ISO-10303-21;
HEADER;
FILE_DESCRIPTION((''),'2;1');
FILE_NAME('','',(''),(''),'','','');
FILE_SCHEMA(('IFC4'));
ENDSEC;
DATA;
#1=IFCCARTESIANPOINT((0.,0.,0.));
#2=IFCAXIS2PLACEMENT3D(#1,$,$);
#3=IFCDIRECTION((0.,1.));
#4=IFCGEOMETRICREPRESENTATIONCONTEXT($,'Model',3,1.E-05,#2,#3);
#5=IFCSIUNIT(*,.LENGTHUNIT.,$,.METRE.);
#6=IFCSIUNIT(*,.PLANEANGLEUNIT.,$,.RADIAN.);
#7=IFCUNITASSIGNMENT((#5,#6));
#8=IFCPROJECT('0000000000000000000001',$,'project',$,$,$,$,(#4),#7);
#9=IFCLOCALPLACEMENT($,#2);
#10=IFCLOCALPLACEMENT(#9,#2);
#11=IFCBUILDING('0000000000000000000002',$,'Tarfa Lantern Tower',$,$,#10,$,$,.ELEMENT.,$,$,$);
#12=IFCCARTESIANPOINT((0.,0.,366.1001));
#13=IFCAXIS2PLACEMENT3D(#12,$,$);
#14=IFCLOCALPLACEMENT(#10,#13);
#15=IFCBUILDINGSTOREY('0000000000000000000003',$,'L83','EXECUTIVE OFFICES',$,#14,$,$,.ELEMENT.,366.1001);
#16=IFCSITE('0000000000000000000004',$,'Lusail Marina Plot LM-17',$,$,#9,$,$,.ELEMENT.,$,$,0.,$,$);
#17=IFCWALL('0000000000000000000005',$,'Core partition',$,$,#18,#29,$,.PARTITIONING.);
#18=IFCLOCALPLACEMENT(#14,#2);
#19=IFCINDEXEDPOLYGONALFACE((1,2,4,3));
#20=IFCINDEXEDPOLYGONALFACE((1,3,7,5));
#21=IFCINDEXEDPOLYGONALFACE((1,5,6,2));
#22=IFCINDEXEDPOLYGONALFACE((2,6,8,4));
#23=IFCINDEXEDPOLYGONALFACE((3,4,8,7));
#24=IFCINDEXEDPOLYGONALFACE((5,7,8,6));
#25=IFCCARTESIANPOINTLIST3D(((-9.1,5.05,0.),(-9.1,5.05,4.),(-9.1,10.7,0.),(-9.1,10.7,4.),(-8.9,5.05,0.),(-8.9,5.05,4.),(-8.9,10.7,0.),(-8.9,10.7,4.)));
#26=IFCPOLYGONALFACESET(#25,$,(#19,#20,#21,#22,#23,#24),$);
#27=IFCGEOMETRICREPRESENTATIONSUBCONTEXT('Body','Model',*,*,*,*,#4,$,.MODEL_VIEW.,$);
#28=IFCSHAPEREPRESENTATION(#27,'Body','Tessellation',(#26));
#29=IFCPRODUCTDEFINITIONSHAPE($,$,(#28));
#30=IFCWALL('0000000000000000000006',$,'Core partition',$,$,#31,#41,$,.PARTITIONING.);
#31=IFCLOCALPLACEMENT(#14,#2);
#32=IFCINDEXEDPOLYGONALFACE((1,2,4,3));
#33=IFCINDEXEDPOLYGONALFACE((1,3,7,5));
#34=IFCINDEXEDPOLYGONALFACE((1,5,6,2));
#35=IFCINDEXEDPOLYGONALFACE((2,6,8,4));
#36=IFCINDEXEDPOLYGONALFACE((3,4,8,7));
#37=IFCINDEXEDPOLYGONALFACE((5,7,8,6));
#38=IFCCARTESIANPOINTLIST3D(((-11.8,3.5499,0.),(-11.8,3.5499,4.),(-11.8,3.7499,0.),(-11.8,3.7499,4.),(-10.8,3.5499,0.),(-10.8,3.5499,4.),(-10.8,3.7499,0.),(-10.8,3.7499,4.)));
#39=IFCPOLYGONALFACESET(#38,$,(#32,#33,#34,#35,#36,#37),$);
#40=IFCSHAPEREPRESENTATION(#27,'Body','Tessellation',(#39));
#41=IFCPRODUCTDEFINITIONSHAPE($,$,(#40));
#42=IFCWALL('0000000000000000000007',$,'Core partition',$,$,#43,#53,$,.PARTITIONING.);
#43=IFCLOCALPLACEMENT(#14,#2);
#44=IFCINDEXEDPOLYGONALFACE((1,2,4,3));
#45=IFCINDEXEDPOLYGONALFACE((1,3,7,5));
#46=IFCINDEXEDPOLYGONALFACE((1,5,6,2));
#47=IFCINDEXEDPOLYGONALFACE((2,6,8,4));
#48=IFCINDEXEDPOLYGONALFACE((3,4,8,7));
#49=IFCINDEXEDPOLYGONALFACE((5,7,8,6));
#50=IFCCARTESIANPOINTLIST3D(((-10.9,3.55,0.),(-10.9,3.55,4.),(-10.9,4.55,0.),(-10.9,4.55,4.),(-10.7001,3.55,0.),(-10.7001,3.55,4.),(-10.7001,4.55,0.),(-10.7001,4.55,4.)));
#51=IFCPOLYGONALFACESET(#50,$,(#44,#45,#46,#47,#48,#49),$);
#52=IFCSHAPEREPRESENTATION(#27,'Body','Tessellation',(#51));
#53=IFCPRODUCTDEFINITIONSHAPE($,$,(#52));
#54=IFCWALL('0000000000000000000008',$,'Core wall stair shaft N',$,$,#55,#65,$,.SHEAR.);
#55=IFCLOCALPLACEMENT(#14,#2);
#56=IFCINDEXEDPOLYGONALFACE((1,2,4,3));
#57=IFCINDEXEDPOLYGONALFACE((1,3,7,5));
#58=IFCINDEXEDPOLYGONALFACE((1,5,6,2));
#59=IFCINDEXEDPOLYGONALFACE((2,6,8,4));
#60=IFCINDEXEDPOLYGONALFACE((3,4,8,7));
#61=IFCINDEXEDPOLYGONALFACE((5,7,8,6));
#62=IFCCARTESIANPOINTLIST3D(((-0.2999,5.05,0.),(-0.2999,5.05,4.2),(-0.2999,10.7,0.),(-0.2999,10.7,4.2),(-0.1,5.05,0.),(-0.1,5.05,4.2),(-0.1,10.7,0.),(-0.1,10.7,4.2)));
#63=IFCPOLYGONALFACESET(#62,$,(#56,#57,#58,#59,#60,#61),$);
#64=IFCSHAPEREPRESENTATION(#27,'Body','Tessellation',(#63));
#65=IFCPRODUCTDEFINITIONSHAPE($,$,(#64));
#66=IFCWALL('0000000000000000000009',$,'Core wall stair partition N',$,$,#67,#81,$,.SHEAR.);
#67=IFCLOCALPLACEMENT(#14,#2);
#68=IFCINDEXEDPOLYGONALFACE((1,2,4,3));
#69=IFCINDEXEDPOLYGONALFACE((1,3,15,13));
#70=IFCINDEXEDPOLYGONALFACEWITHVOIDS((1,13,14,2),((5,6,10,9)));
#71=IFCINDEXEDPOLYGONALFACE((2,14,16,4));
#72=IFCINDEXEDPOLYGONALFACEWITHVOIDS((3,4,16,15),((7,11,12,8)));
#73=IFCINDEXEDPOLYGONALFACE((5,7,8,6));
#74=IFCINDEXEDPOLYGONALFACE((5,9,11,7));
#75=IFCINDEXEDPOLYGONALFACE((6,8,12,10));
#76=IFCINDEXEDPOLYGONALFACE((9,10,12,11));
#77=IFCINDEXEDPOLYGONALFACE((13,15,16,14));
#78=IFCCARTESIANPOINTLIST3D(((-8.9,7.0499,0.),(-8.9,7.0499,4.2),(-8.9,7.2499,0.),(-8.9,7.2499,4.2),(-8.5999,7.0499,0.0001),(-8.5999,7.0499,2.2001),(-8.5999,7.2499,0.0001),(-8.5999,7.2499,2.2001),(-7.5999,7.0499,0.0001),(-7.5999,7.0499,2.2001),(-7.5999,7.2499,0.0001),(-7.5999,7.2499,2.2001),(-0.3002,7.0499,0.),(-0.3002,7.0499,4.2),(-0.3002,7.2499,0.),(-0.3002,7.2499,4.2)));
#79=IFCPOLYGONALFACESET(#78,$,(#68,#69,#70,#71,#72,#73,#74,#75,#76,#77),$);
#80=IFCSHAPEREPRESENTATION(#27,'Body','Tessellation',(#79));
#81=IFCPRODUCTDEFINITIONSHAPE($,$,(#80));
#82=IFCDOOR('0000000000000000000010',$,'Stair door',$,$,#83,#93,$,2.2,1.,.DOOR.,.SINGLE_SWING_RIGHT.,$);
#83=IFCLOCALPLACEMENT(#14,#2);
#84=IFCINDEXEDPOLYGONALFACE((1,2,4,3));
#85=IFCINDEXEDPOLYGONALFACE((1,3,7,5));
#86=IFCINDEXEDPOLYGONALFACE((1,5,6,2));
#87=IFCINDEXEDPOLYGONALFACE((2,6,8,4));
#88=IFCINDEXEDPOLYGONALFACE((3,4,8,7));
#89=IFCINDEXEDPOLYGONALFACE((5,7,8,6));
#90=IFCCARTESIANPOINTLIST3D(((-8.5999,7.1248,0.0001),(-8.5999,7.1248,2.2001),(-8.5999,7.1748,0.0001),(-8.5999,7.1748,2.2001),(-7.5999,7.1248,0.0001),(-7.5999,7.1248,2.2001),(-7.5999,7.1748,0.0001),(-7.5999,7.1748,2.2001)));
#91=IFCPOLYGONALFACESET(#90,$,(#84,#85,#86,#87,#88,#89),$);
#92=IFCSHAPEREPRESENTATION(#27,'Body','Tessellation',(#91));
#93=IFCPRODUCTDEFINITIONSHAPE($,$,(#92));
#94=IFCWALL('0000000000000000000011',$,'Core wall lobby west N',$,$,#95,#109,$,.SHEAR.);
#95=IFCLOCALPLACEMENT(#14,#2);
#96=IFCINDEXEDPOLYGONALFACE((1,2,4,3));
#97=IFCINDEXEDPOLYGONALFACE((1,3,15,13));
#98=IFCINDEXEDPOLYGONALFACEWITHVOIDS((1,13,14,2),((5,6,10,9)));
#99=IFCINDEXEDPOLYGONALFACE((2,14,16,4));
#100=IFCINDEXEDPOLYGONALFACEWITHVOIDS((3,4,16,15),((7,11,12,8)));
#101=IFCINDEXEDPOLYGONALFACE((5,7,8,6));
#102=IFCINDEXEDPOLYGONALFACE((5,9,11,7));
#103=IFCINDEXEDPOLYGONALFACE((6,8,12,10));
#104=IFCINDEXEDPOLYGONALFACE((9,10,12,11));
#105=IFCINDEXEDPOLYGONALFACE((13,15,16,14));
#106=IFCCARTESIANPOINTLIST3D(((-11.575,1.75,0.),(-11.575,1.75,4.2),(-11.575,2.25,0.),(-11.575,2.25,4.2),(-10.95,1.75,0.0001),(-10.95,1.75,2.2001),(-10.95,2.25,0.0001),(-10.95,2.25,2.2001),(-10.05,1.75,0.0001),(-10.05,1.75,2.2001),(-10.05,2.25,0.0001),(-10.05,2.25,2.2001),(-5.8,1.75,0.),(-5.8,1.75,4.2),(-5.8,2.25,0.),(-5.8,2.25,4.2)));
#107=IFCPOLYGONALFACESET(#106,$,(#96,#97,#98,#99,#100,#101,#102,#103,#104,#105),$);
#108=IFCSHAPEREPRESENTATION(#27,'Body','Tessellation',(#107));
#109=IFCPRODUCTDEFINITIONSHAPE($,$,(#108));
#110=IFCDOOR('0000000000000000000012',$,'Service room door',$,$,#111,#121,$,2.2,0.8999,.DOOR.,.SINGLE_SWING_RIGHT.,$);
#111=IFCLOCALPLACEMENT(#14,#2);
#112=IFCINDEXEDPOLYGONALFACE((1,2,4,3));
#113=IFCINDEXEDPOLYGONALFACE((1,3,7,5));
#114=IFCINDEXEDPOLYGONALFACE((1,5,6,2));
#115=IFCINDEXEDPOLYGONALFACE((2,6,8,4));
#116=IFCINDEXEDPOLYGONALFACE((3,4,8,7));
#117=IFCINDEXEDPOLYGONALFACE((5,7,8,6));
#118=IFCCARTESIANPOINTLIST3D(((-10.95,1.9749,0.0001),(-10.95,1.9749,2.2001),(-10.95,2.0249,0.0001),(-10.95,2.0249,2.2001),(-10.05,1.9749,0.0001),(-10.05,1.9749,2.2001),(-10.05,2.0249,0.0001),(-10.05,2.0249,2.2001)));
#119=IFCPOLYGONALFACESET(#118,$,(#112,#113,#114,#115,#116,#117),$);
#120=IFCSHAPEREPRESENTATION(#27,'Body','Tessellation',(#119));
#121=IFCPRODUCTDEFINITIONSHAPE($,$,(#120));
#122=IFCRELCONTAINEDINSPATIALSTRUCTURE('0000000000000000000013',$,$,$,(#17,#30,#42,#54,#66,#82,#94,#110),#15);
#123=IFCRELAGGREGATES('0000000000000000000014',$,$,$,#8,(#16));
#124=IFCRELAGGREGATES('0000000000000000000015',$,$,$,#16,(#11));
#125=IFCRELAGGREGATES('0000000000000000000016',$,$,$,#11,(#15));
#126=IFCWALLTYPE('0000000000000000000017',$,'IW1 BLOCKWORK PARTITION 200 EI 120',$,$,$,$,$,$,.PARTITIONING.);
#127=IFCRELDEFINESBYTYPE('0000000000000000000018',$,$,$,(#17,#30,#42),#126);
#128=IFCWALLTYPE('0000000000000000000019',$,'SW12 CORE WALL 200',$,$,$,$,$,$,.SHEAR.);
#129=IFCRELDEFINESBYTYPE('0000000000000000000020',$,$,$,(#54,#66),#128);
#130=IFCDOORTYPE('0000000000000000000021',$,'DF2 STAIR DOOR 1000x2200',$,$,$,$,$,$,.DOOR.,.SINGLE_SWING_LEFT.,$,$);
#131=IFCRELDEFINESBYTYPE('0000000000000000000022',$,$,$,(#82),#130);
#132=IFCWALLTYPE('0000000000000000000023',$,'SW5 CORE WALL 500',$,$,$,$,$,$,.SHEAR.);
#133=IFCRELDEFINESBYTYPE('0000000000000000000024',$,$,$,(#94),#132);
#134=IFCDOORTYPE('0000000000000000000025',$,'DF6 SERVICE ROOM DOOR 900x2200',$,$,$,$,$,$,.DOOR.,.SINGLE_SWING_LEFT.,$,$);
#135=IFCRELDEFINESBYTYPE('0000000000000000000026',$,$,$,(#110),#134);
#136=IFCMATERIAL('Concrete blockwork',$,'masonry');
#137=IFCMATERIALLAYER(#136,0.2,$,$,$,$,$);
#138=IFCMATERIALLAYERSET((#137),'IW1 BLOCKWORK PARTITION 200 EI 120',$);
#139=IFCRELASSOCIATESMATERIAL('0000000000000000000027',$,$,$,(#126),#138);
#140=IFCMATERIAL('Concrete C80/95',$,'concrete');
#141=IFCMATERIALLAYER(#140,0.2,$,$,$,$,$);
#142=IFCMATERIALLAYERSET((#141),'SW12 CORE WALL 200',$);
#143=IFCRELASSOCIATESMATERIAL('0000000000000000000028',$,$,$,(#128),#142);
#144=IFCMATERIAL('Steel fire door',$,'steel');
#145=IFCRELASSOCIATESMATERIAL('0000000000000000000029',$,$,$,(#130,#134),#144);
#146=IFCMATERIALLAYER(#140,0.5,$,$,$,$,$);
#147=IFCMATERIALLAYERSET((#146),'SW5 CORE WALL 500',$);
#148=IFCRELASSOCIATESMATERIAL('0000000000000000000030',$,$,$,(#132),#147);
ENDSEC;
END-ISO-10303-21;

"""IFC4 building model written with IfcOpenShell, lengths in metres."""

from ifc_helpers import new_model, si_unit, direction, frame, frame_2d, origin, place, context, subcontext, project, spatial, rectangle, extrude, material, layer, layer_set, type_object, element, fill, save


model = new_model("IFC4")

# Units and contexts
model_context = context("Model", 3, precision=1e-05, world=origin(), true_north=direction((0.0, 1.0)))
body_context = subcontext(model_context, "Body", "Model", "MODEL_VIEW")
ifc_project = project(units=[si_unit("LENGTHUNIT", "METRE"), si_unit("PLANEANGLEUNIT", "RADIAN")], contexts=[model_context])

# Site, building, storey
site_placement = place(None, origin())
site = spatial("IfcSite", under=ifc_project, at=site_placement, Name="Lusail Marina Plot LM-17", CompositionType="ELEMENT", RefElevation=0.0)
building_placement = place(site_placement, origin())
building = spatial("IfcBuilding", under=site, at=building_placement, Name="Tarfa Lantern Tower", CompositionType="ELEMENT")
storey_placement = place(building_placement, frame((0.0, 0.0, 366.1001)))
storey = spatial("IfcBuildingStorey", under=building, at=storey_placement, Name="L83", Description="EXECUTIVE OFFICES", CompositionType="ELEMENT", Elevation=366.1001)

# Walls
ifc_material_1 = material(Name="Concrete blockwork", Category="masonry")
ifc_layer_1 = layer(ifc_material_1, 0.2)
ifc_layer_set_1 = layer_set([ifc_layer_1], Name="IW1 BLOCKWORK PARTITION 200 EI 120")
wall_type_1 = type_object("IfcWallType", Name="IW1 BLOCKWORK PARTITION 200 EI 120", PredefinedType="PARTITIONING", material=ifc_layer_set_1)
wall_1_placement = place(storey_placement, frame((-9.0, 5.05, 0.0), z_axis=(0.0, 0.0, 1.0), x_axis=(0.0, 1.0, 0.0)))
element("IfcWall", 1, at=wall_1_placement, inside=storey, type_object=wall_type_1, Name="Core partition", PredefinedType="PARTITIONING", context=body_context, shape_type="SweptSolid", body=[
    extrude(rectangle(XDim=5.6499, YDim=0.2, at=frame_2d((2.825, 0.0))), origin(), (0.0, 0.0, 1.0), 4.0),
])
for number, where, z_axis, x_axis, name in (
    (2, (-11.8, 3.6499, 0.0), (0.0, 0.0, 1.0), (1.0, 0.0, 0.0), "Core partition"),
    (3, (-10.8, 3.55, 0.0), (0.0, 0.0, 1.0), (0.0, 1.0, 0.0), "Core partition"),
):
    element("IfcWall", number, at=place(storey_placement, frame(where, z_axis=z_axis, x_axis=x_axis)), inside=storey, type_object=wall_type_1, Name=name, PredefinedType="PARTITIONING", context=body_context, shape_type="SweptSolid", body=[
        extrude(rectangle(XDim=1.0, YDim=0.2, at=frame_2d((0.5, 0.0))), origin(), (0.0, 0.0, 1.0), 4.0),
    ])
ifc_material_2 = material(Name="Concrete C80/95", Category="concrete")
ifc_layer_2 = layer(ifc_material_2, 0.2)
ifc_layer_set_2 = layer_set([ifc_layer_2], Name="SW12 CORE WALL 200")
wall_type_2 = type_object("IfcWallType", Name="SW12 CORE WALL 200", PredefinedType="SHEAR", material=ifc_layer_set_2)
wall_2_placement = place(storey_placement, frame((-0.2, 5.05, 0.0), z_axis=(0.0, 0.0, 1.0), x_axis=(0.0, 1.0, 0.0)))
element("IfcWall", 4, at=wall_2_placement, inside=storey, type_object=wall_type_2, Name="Core wall stair shaft N", PredefinedType="SHEAR", context=body_context, shape_type="SweptSolid", body=[
    extrude(rectangle(XDim=5.6499, YDim=0.2, at=frame_2d((2.825, 0.0))), origin(), (0.0, 0.0, 1.0), 4.2),
])

# Walls, openings, doors
wall_3_placement = place(storey_placement, frame((-8.8999, 7.1499, 0.0), z_axis=(0.0, 0.0, 1.0), x_axis=(1.0, 0.0, 0.0)))
wall_3 = element("IfcWall", 5, at=wall_3_placement, inside=storey, type_object=wall_type_2, Name="Core wall stair partition N", PredefinedType="SHEAR", context=body_context, shape_type="SweptSolid", body=[
    extrude(rectangle(XDim=8.5999, YDim=0.2, at=frame_2d((4.2998, 0.0))), origin(), (0.0, 0.0, 1.0), 4.2),
])
opening_1_placement = place(wall_3_placement, frame((0.3, 0.0, 0.0)))
opening_1 = element("IfcOpeningElement", 6, at=opening_1_placement, cuts=wall_3, PredefinedType="OPENING", context=body_context, shape_type="SweptSolid", body=[
    extrude(rectangle(XDim=1.0, YDim=2.2, at=frame_2d((0.5, 1.1001))), frame((0.0, 0.1099, 0.0), z_axis=(0.0, -1.0, 0.0), x_axis=(1.0, 0.0, 0.0)), (0.0, 0.0, 1.0), 0.22),
])
ifc_material_3 = material(Name="Steel fire door", Category="steel")
door_type_1 = type_object("IfcDoorType", Name="DF2 STAIR DOOR 1000x2200", OperationType="SINGLE_SWING_LEFT", PredefinedType="DOOR", material=ifc_material_3)
door_1_placement = place(opening_1_placement, origin())
door_1 = element("IfcDoor", 7, at=door_1_placement, inside=storey, type_object=door_type_1, Name="Stair door", OperationType="SINGLE_SWING_RIGHT", OverallHeight=2.2, OverallWidth=1.0, PredefinedType="DOOR", context=body_context, shape_type="SweptSolid", body=[
    extrude(rectangle(XDim=1.0, YDim=2.2, at=frame_2d((0.5, 1.1001))), frame((0.0, 0.0249, 0.0), z_axis=(0.0, -1.0, 0.0), x_axis=(1.0, 0.0, 0.0)), (0.0, 0.0, 1.0), 0.05),
])
fill(opening_1, door_1)
ifc_layer_3 = layer(ifc_material_2, 0.5)
ifc_layer_set_3 = layer_set([ifc_layer_3], Name="SW5 CORE WALL 500")
wall_type_3 = type_object("IfcWallType", Name="SW5 CORE WALL 500", PredefinedType="SHEAR", material=ifc_layer_set_3)
wall_4_placement = place(storey_placement, frame((-11.575, 2.0, 0.0), z_axis=(0.0, 0.0, 1.0), x_axis=(1.0, 0.0, 0.0)))
wall_4 = element("IfcWall", 8, at=wall_4_placement, inside=storey, type_object=wall_type_3, Name="Core wall lobby west N", PredefinedType="SHEAR", context=body_context, shape_type="SweptSolid", body=[
    extrude(rectangle(XDim=5.7749, YDim=0.5, at=frame_2d((2.8875, 0.0))), origin(), (0.0, 0.0, 1.0), 4.2),
])
opening_2_placement = place(wall_4_placement, frame((0.625, 0.0, 0.0)))
opening_2 = element("IfcOpeningElement", 9, at=opening_2_placement, cuts=wall_4, PredefinedType="OPENING", context=body_context, shape_type="SweptSolid", body=[
    extrude(rectangle(XDim=0.8999, YDim=2.2, at=frame_2d((0.45, 1.1001))), frame((0.0, 0.26, 0.0), z_axis=(0.0, -1.0, 0.0), x_axis=(1.0, 0.0, 0.0)), (0.0, 0.0, 1.0), 0.52),
])
door_type_2 = type_object("IfcDoorType", Name="DF6 SERVICE ROOM DOOR 900x2200", OperationType="SINGLE_SWING_LEFT", PredefinedType="DOOR", material=ifc_material_3)
door_2_placement = place(opening_2_placement, origin())
door_2 = element("IfcDoor", 10, at=door_2_placement, inside=storey, type_object=door_type_2, Name="Service room door", OperationType="SINGLE_SWING_RIGHT", OverallHeight=2.2, OverallWidth=0.8999, PredefinedType="DOOR", context=body_context, shape_type="SweptSolid", body=[
    extrude(rectangle(XDim=0.8999, YDim=2.2, at=frame_2d((0.45, 1.1001))), frame((0.0, 0.0249, 0.0), z_axis=(0.0, -1.0, 0.0), x_axis=(1.0, 0.0, 0.0)), (0.0, 0.0, 1.0), 0.05),
])
fill(opening_2, door_2)

save(model, "model.ifc")
